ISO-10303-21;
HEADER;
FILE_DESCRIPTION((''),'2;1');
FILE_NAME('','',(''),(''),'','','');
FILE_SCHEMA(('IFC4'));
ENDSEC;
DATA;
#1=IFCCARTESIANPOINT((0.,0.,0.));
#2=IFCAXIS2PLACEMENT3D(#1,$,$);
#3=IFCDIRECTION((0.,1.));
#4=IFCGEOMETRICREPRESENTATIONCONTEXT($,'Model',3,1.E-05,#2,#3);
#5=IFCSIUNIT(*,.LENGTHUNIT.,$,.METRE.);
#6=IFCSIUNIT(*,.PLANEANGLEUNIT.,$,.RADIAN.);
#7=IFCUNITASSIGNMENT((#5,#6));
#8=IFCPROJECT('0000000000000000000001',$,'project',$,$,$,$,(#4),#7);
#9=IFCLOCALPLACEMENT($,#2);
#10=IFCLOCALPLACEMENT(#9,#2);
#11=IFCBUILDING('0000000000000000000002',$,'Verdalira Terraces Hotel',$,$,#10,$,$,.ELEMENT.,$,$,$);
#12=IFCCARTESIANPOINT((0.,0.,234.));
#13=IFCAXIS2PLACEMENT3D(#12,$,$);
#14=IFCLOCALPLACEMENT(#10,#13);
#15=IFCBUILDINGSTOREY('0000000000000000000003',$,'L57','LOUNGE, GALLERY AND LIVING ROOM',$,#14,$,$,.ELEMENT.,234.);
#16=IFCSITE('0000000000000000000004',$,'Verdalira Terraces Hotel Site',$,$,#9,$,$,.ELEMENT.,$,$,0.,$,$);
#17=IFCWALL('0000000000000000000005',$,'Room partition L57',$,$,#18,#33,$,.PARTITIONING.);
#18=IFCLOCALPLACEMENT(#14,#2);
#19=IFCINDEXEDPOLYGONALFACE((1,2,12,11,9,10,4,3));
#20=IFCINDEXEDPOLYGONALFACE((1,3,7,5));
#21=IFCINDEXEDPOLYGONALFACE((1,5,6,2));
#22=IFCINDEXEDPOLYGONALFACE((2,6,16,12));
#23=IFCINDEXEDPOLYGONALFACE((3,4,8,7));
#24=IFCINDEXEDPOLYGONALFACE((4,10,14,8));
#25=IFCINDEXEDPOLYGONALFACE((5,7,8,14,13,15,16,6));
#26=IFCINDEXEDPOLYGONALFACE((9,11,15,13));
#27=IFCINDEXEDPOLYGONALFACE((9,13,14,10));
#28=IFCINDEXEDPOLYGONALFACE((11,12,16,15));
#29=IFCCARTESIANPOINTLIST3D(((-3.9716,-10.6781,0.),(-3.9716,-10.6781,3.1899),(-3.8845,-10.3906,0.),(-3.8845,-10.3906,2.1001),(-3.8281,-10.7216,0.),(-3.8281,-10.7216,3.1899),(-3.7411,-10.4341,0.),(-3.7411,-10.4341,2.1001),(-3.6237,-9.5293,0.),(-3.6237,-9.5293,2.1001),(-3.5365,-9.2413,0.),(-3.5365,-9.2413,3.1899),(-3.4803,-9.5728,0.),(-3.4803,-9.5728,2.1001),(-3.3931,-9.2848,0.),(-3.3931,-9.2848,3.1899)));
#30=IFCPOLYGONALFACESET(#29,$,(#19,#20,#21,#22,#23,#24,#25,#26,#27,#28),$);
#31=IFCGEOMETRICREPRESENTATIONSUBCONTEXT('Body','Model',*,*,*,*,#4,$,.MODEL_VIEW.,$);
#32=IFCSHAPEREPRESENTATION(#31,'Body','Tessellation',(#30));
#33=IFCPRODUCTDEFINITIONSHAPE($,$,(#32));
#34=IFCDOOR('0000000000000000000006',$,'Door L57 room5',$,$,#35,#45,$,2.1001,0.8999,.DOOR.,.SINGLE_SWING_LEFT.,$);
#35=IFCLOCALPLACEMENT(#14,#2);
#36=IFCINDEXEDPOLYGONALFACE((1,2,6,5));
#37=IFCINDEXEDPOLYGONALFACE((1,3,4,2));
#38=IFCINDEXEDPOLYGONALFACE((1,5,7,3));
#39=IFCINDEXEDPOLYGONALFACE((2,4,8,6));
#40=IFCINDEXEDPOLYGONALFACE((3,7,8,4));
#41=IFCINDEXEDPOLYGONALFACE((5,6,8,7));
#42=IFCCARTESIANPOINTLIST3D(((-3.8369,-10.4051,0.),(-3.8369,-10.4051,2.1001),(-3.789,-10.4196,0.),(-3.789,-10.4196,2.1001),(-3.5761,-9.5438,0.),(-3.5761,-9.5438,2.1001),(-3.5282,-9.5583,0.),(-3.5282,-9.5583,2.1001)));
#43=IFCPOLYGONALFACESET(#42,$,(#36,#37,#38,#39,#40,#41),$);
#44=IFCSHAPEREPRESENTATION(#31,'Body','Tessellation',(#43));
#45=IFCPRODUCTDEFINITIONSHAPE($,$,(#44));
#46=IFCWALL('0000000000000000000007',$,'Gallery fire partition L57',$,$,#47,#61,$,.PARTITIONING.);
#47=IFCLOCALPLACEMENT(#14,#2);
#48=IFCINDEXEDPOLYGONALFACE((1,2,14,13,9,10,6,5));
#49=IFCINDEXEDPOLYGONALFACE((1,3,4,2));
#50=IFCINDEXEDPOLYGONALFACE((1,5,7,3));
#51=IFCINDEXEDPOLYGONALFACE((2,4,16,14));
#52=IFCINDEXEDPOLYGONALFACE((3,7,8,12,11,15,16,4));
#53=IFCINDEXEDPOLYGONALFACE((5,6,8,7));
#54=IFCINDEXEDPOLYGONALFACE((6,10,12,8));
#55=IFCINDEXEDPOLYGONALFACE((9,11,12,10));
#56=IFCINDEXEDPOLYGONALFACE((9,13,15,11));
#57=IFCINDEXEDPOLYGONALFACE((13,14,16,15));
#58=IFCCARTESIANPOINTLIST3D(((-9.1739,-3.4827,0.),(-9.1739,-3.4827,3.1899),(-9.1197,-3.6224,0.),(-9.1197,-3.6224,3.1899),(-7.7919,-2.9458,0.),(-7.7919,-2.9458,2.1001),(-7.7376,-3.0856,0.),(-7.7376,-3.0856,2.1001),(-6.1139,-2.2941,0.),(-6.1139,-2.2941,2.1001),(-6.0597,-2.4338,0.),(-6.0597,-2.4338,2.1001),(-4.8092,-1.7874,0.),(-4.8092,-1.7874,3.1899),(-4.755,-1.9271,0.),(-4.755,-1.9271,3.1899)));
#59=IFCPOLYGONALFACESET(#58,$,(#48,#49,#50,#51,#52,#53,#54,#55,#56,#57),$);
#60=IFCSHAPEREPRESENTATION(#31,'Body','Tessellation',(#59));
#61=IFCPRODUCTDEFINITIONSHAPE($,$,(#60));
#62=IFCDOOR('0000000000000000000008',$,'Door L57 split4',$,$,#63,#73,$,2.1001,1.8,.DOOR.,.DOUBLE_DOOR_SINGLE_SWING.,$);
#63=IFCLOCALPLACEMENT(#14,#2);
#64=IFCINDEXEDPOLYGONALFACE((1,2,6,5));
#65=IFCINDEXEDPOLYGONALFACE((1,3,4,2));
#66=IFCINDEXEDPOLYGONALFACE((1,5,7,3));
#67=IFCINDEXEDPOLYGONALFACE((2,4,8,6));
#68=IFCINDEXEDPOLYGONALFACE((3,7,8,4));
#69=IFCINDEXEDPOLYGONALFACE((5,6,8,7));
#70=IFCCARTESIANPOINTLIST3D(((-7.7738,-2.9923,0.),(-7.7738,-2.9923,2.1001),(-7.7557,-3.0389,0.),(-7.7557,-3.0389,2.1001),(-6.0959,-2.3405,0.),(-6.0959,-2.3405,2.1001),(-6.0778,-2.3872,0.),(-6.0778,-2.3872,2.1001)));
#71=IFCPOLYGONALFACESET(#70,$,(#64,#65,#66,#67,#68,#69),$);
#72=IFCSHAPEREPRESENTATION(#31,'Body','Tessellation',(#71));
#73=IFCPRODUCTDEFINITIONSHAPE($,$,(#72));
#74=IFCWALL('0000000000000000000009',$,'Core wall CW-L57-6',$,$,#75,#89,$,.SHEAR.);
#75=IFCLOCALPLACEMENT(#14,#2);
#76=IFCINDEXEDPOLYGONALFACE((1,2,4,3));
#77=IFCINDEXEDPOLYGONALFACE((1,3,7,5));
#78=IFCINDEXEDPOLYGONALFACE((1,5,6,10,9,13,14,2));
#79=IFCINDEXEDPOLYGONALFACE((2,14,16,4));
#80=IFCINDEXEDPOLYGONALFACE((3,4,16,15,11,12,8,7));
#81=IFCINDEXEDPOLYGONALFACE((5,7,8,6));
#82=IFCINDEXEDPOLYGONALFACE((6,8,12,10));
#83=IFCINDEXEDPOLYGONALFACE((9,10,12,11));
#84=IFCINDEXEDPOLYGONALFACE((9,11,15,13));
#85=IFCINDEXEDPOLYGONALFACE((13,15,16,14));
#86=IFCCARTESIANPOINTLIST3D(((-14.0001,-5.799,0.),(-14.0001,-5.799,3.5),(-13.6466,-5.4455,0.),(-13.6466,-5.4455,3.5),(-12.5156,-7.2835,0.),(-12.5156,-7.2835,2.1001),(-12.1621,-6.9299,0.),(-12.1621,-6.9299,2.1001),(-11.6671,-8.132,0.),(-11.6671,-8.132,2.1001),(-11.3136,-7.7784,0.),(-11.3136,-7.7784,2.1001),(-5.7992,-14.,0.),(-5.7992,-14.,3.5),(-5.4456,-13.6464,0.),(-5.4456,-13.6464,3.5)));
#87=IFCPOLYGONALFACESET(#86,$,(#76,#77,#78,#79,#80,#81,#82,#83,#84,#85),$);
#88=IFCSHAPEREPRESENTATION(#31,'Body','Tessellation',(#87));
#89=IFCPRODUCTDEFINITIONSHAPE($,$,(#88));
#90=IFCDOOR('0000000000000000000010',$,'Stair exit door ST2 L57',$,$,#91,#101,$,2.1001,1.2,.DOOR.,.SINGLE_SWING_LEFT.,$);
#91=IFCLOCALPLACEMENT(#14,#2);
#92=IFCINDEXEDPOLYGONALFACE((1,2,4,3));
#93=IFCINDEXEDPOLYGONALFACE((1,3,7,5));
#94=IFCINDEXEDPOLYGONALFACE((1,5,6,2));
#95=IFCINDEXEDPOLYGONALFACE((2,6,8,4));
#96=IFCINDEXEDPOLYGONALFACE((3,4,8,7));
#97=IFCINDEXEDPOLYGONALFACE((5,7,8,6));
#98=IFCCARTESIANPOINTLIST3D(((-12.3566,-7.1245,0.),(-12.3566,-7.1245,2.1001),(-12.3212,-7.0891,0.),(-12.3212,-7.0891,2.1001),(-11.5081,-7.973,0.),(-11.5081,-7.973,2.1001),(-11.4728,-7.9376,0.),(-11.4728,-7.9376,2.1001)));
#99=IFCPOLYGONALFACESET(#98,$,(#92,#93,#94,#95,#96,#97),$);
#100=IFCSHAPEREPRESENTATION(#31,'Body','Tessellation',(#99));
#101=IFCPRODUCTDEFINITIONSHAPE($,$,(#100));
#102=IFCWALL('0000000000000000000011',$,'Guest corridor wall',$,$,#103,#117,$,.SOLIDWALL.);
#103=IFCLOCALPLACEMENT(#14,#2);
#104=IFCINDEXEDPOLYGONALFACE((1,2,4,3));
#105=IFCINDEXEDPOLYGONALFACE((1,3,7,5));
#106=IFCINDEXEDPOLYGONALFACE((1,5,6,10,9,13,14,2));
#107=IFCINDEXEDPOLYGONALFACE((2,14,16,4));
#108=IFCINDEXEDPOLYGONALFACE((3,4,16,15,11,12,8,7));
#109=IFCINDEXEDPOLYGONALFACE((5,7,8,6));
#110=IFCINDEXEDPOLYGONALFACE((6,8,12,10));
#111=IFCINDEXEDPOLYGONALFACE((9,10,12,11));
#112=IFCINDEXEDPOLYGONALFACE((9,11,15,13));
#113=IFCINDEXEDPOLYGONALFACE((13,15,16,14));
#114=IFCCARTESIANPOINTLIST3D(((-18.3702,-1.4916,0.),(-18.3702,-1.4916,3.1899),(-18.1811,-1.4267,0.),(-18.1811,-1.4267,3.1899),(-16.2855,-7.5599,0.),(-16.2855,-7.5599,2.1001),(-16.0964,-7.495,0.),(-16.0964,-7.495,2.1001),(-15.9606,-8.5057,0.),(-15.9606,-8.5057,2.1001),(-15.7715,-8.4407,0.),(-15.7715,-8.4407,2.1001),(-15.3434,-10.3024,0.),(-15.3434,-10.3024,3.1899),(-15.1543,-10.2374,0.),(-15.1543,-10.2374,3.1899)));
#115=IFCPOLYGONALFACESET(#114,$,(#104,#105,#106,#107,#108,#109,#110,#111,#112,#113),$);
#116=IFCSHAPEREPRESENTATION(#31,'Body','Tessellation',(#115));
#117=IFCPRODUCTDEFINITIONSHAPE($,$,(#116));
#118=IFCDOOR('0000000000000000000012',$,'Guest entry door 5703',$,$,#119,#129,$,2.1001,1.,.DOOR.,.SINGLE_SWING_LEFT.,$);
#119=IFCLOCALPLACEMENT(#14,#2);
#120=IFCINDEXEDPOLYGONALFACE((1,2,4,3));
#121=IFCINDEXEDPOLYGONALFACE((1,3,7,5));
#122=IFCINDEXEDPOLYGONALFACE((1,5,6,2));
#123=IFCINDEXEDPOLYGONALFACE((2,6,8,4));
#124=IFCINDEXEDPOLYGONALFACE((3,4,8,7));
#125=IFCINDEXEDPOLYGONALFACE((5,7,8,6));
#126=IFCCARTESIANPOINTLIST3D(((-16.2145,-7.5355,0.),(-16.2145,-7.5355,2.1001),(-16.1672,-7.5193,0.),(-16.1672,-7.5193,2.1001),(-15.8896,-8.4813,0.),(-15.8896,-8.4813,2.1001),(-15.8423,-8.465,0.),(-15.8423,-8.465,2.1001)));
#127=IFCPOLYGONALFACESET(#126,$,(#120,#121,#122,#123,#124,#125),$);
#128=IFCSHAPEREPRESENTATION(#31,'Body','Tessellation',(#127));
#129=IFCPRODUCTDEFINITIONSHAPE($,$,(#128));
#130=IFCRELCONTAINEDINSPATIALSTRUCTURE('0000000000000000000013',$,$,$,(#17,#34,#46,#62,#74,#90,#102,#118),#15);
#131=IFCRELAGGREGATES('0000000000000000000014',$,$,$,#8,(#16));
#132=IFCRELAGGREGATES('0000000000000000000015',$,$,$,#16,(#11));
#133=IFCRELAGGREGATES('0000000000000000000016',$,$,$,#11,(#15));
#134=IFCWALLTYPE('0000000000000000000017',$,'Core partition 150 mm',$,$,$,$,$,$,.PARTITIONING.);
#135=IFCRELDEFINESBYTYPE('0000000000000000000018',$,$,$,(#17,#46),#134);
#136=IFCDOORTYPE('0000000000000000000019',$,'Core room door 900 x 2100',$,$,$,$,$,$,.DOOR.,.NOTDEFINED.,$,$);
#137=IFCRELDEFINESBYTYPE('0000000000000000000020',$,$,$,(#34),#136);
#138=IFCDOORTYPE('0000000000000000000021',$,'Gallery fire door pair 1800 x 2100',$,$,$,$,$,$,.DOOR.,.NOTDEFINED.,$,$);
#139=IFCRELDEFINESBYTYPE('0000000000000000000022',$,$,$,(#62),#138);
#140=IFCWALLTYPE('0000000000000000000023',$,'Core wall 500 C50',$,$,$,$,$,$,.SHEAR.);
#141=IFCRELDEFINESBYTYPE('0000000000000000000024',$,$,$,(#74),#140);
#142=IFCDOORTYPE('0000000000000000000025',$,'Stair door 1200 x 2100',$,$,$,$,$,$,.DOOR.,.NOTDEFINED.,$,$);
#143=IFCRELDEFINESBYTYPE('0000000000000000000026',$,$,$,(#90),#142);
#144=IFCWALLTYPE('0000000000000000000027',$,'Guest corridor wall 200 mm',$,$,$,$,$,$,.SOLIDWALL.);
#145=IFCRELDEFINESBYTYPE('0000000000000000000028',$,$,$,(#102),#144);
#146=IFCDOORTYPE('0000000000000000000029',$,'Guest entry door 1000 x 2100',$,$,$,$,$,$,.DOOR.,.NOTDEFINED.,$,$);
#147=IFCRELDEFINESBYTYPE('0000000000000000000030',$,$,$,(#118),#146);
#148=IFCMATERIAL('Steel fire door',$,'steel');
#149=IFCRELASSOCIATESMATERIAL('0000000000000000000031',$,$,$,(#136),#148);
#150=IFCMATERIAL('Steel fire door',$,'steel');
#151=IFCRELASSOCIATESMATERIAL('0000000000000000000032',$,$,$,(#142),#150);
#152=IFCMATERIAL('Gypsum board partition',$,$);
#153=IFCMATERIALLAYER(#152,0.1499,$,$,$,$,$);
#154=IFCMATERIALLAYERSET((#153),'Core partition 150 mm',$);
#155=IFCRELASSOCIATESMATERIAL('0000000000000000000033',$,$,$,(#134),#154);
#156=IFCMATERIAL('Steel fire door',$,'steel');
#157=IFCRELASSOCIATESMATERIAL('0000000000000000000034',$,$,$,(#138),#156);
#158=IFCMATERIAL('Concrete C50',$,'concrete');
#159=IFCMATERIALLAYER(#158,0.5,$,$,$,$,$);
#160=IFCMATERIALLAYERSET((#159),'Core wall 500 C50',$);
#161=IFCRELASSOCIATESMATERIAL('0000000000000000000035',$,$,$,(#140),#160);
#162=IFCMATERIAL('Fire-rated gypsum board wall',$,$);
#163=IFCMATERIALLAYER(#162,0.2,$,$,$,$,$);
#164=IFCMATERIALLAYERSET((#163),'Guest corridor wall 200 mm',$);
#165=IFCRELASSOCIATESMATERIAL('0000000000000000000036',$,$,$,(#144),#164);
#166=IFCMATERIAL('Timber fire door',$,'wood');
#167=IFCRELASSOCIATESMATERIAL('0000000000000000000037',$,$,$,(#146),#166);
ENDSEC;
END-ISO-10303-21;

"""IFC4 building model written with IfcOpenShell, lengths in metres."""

from ifc_helpers import new_model, si_unit, direction, frame, frame_2d, origin, place, context, subcontext, project, spatial, rectangle, extrude, material, layer, layer_set, type_object, element, fill, save


model = new_model("IFC4")

# Units and contexts
model_context = context("Model", 3, precision=1e-05, world=origin(), true_north=direction((0.0, 1.0)))
body_context = subcontext(model_context, "Body", "Model", "MODEL_VIEW")
ifc_project = project(units=[si_unit("LENGTHUNIT", "METRE"), si_unit("PLANEANGLEUNIT", "RADIAN")], contexts=[model_context])

# Site, building, storey
site_placement = place(None, origin())
site = spatial("IfcSite", under=ifc_project, at=site_placement, Name="Verdalira Terraces Hotel Site", CompositionType="ELEMENT", RefElevation=0.0)
building_placement = place(site_placement, origin())
building = spatial("IfcBuilding", under=site, at=building_placement, Name="Verdalira Terraces Hotel", CompositionType="ELEMENT")
storey_placement = place(building_placement, frame((0.0, 0.0, 234.0)))
storey = spatial("IfcBuildingStorey", under=building, at=storey_placement, Name="L57", Description="LOUNGE, GALLERY AND LIVING ROOM", CompositionType="ELEMENT", Elevation=234.0)

# Shared definitions
ifc_material_1 = material(Name="Steel fire door", Category="steel")
door_type_1 = type_object("IfcDoorType", Name="Core room door 900 x 2100", OperationType="NOTDEFINED", PredefinedType="DOOR", material=ifc_material_1)
ifc_material_2 = material(Name="Steel fire door", Category="steel")
door_type_2 = type_object("IfcDoorType", Name="Stair door 1200 x 2100", OperationType="NOTDEFINED", PredefinedType="DOOR", material=ifc_material_2)

# Walls, openings, doors
ifc_material_3 = material(Name="Gypsum board partition")
ifc_layer_1 = layer(ifc_material_3, 0.1499)
ifc_layer_set_1 = layer_set([ifc_layer_1], Name="Core partition 150 mm")
wall_type_1 = type_object("IfcWallType", Name="Core partition 150 mm", PredefinedType="PARTITIONING", material=ifc_layer_set_1)
wall_1_placement = place(storey_placement, frame((-3.4648, -9.2632, 0.0), z_axis=(0.0, 0.0, 1.0), x_axis=(-0.289809, -0.957085, 0.0)))
wall_1 = element("IfcWall", 1, at=wall_1_placement, inside=storey, type_object=wall_type_1, Name="Room partition L57", PredefinedType="PARTITIONING", context=body_context, shape_type="SweptSolid", body=[
    extrude(rectangle(XDim=1.5012, YDim=0.1499, at=frame_2d((0.7505, 0.0))), origin(), (0.0, 0.0, 1.0), 3.1899),
])
opening_1_placement = place(wall_1_placement, frame((0.3008, 0.0, 0.0)))
opening_1 = element("IfcOpeningElement", 2, at=opening_1_placement, cuts=wall_1, PredefinedType="OPENING", context=body_context, shape_type="SweptSolid", body=[
    extrude(rectangle(XDim=0.8999, YDim=2.1001, at=frame_2d((0.45, 1.05))), frame((0.0, 0.085, 0.0), z_axis=(0.0, -1.0, 0.0), x_axis=(1.0, 0.0, 0.0)), (0.0, 0.0, 1.0), 0.1699),
])
door_1_placement = place(opening_1_placement, origin())
door_1 = element("IfcDoor", 3, at=door_1_placement, inside=storey, type_object=door_type_1, Name="Door L57 room5", OperationType="SINGLE_SWING_LEFT", OverallHeight=2.1001, OverallWidth=0.8999, PredefinedType="DOOR", context=body_context, shape_type="SweptSolid", body=[
    extrude(rectangle(XDim=0.8999, YDim=2.1001, at=frame_2d((0.45, 1.05))), frame((0.0, 0.0249, 0.0), z_axis=(0.0, -1.0, 0.0), x_axis=(1.0, 0.0, 0.0)), (0.0, 0.0, 1.0), 0.05),
])
fill(opening_1, door_1)
wall_2_placement = place(storey_placement, frame((-4.782, -1.8572, 0.0), z_axis=(0.0, 0.0, 1.0), x_axis=(-0.932155, -0.362059, 0.0)))
wall_2 = element("IfcWall", 4, at=wall_2_placement, inside=storey, type_object=wall_type_1, Name="Gallery fire partition L57", PredefinedType="PARTITIONING", context=body_context, shape_type="SweptSolid", body=[
    extrude(rectangle(XDim=4.6824, YDim=0.1499, at=frame_2d((2.3413, 0.0))), origin(), (0.0, 0.0, 1.0), 3.1899),
])
opening_2_placement = place(wall_2_placement, frame((1.3999, 0.0, 0.0)))
opening_2 = element("IfcOpeningElement", 5, at=opening_2_placement, cuts=wall_2, PredefinedType="OPENING", context=body_context, shape_type="SweptSolid", body=[
    extrude(rectangle(XDim=1.8, YDim=2.1001, at=frame_2d((0.8999, 1.05))), frame((0.0, 0.085, 0.0), z_axis=(0.0, -1.0, 0.0), x_axis=(1.0, 0.0, 0.0)), (0.0, 0.0, 1.0), 0.1699),
])
ifc_material_4 = material(Name="Steel fire door", Category="steel")
door_type_3 = type_object("IfcDoorType", Name="Gallery fire door pair 1800 x 2100", OperationType="NOTDEFINED", PredefinedType="DOOR", material=ifc_material_4)
door_2_placement = place(opening_2_placement, origin())
door_2 = element("IfcDoor", 6, at=door_2_placement, inside=storey, type_object=door_type_3, Name="Door L57 split4", OperationType="DOUBLE_DOOR_SINGLE_SWING", OverallHeight=2.1001, OverallWidth=1.8, PredefinedType="DOOR", context=body_context, shape_type="SweptSolid", body=[
    extrude(rectangle(XDim=1.8, YDim=2.1001, at=frame_2d((0.8999, 1.05))), frame((0.0, 0.0249, 0.0), z_axis=(0.0, -1.0, 0.0), x_axis=(1.0, 0.0, 0.0)), (0.0, 0.0, 1.0), 0.05),
])
fill(opening_2, door_2)
ifc_material_5 = material(Name="Concrete C50", Category="concrete")
ifc_layer_2 = layer(ifc_material_5, 0.5)
ifc_layer_set_2 = layer_set([ifc_layer_2], Name="Core wall 500 C50")
wall_type_2 = type_object("IfcWallType", Name="Core wall 500 C50", PredefinedType="SHEAR", material=ifc_layer_set_2)
wall_3_placement = place(storey_placement, frame((-13.8232, -5.6223, 0.0), z_axis=(0.0, 0.0, 1.0), x_axis=(0.707107, -0.707107, 0.0)))
wall_3 = element("IfcWall", 7, at=wall_3_placement, inside=storey, type_object=wall_type_2, Name="Core wall CW-L57-6", PredefinedType="SHEAR", context=body_context, shape_type="SweptSolid", body=[
    extrude(rectangle(XDim=11.5979, YDim=0.5, at=frame_2d((5.7988, 0.0))), origin(), (0.0, 0.0, 1.0), 3.5),
])
opening_3_placement = place(wall_3_placement, frame((2.0991, 0.0, 0.0)))
opening_3 = element("IfcOpeningElement", 8, at=opening_3_placement, cuts=wall_3, PredefinedType="OPENING", context=body_context, shape_type="SweptSolid", body=[
    extrude(rectangle(XDim=1.2, YDim=2.1001, at=frame_2d((0.6001, 1.05))), frame((0.0, 0.26, 0.0), z_axis=(0.0, -1.0, 0.0), x_axis=(1.0, 0.0, 0.0)), (0.0, 0.0, 1.0), 0.52),
])
door_3_placement = place(opening_3_placement, origin())
door_3 = element("IfcDoor", 9, at=door_3_placement, inside=storey, type_object=door_type_2, Name="Stair exit door ST2 L57", OperationType="SINGLE_SWING_LEFT", OverallHeight=2.1001, OverallWidth=1.2, PredefinedType="DOOR", context=body_context, shape_type="SweptSolid", body=[
    extrude(rectangle(XDim=1.2, YDim=2.1001, at=frame_2d((0.6001, 1.05))), frame((0.0, 0.0249, 0.0), z_axis=(0.0, -1.0, 0.0), x_axis=(1.0, 0.0, 0.0)), (0.0, 0.0, 1.0), 0.05),
])
fill(opening_3, door_3)
ifc_material_6 = material(Name="Fire-rated gypsum board wall")
ifc_layer_3 = layer(ifc_material_6, 0.2)
ifc_layer_set_3 = layer_set([ifc_layer_3], Name="Guest corridor wall 200 mm")
wall_type_3 = type_object("IfcWallType", Name="Guest corridor wall 200 mm", PredefinedType="SOLIDWALL", material=ifc_layer_set_3)
wall_4_placement = place(storey_placement, frame((-15.2488, -10.27, 0.0), z_axis=(0.0, 0.0, 1.0), x_axis=(-0.324902, 0.945748, 0.0)))
wall_4 = element("IfcWall", 10, at=wall_4_placement, inside=storey, type_object=wall_type_3, Name="Guest corridor wall", PredefinedType="SOLIDWALL", context=body_context, shape_type="SweptSolid", body=[
    extrude(rectangle(XDim=9.3162, YDim=0.2, at=frame_2d((4.6582, 0.0))), origin(), (0.0, 0.0, 1.0), 3.1899),
])
opening_4_placement = place(wall_4_placement, frame((1.8999, 0.0, 0.0)))
opening_4 = element("IfcOpeningElement", 11, at=opening_4_placement, cuts=wall_4, PredefinedType="OPENING", context=body_context, shape_type="SweptSolid", body=[
    extrude(rectangle(XDim=1.0, YDim=2.1001, at=frame_2d((0.5, 1.05))), frame((0.0, 0.1099, 0.0), z_axis=(0.0, -1.0, 0.0), x_axis=(1.0, 0.0, 0.0)), (0.0, 0.0, 1.0), 0.22),
])
ifc_material_7 = material(Name="Timber fire door", Category="wood")
door_type_4 = type_object("IfcDoorType", Name="Guest entry door 1000 x 2100", OperationType="NOTDEFINED", PredefinedType="DOOR", material=ifc_material_7)
door_4_placement = place(opening_4_placement, origin())
door_4 = element("IfcDoor", 12, at=door_4_placement, inside=storey, type_object=door_type_4, Name="Guest entry door 5703", OperationType="SINGLE_SWING_LEFT", OverallHeight=2.1001, OverallWidth=1.0, PredefinedType="DOOR", context=body_context, shape_type="SweptSolid", body=[
    extrude(rectangle(XDim=1.0, YDim=2.1001, at=frame_2d((0.5, 1.05))), frame((0.0, 0.0249, 0.0), z_axis=(0.0, -1.0, 0.0), x_axis=(1.0, 0.0, 0.0)), (0.0, 0.0, 1.0), 0.05),
])
fill(opening_4, door_4)

save(model, "model.ifc")
